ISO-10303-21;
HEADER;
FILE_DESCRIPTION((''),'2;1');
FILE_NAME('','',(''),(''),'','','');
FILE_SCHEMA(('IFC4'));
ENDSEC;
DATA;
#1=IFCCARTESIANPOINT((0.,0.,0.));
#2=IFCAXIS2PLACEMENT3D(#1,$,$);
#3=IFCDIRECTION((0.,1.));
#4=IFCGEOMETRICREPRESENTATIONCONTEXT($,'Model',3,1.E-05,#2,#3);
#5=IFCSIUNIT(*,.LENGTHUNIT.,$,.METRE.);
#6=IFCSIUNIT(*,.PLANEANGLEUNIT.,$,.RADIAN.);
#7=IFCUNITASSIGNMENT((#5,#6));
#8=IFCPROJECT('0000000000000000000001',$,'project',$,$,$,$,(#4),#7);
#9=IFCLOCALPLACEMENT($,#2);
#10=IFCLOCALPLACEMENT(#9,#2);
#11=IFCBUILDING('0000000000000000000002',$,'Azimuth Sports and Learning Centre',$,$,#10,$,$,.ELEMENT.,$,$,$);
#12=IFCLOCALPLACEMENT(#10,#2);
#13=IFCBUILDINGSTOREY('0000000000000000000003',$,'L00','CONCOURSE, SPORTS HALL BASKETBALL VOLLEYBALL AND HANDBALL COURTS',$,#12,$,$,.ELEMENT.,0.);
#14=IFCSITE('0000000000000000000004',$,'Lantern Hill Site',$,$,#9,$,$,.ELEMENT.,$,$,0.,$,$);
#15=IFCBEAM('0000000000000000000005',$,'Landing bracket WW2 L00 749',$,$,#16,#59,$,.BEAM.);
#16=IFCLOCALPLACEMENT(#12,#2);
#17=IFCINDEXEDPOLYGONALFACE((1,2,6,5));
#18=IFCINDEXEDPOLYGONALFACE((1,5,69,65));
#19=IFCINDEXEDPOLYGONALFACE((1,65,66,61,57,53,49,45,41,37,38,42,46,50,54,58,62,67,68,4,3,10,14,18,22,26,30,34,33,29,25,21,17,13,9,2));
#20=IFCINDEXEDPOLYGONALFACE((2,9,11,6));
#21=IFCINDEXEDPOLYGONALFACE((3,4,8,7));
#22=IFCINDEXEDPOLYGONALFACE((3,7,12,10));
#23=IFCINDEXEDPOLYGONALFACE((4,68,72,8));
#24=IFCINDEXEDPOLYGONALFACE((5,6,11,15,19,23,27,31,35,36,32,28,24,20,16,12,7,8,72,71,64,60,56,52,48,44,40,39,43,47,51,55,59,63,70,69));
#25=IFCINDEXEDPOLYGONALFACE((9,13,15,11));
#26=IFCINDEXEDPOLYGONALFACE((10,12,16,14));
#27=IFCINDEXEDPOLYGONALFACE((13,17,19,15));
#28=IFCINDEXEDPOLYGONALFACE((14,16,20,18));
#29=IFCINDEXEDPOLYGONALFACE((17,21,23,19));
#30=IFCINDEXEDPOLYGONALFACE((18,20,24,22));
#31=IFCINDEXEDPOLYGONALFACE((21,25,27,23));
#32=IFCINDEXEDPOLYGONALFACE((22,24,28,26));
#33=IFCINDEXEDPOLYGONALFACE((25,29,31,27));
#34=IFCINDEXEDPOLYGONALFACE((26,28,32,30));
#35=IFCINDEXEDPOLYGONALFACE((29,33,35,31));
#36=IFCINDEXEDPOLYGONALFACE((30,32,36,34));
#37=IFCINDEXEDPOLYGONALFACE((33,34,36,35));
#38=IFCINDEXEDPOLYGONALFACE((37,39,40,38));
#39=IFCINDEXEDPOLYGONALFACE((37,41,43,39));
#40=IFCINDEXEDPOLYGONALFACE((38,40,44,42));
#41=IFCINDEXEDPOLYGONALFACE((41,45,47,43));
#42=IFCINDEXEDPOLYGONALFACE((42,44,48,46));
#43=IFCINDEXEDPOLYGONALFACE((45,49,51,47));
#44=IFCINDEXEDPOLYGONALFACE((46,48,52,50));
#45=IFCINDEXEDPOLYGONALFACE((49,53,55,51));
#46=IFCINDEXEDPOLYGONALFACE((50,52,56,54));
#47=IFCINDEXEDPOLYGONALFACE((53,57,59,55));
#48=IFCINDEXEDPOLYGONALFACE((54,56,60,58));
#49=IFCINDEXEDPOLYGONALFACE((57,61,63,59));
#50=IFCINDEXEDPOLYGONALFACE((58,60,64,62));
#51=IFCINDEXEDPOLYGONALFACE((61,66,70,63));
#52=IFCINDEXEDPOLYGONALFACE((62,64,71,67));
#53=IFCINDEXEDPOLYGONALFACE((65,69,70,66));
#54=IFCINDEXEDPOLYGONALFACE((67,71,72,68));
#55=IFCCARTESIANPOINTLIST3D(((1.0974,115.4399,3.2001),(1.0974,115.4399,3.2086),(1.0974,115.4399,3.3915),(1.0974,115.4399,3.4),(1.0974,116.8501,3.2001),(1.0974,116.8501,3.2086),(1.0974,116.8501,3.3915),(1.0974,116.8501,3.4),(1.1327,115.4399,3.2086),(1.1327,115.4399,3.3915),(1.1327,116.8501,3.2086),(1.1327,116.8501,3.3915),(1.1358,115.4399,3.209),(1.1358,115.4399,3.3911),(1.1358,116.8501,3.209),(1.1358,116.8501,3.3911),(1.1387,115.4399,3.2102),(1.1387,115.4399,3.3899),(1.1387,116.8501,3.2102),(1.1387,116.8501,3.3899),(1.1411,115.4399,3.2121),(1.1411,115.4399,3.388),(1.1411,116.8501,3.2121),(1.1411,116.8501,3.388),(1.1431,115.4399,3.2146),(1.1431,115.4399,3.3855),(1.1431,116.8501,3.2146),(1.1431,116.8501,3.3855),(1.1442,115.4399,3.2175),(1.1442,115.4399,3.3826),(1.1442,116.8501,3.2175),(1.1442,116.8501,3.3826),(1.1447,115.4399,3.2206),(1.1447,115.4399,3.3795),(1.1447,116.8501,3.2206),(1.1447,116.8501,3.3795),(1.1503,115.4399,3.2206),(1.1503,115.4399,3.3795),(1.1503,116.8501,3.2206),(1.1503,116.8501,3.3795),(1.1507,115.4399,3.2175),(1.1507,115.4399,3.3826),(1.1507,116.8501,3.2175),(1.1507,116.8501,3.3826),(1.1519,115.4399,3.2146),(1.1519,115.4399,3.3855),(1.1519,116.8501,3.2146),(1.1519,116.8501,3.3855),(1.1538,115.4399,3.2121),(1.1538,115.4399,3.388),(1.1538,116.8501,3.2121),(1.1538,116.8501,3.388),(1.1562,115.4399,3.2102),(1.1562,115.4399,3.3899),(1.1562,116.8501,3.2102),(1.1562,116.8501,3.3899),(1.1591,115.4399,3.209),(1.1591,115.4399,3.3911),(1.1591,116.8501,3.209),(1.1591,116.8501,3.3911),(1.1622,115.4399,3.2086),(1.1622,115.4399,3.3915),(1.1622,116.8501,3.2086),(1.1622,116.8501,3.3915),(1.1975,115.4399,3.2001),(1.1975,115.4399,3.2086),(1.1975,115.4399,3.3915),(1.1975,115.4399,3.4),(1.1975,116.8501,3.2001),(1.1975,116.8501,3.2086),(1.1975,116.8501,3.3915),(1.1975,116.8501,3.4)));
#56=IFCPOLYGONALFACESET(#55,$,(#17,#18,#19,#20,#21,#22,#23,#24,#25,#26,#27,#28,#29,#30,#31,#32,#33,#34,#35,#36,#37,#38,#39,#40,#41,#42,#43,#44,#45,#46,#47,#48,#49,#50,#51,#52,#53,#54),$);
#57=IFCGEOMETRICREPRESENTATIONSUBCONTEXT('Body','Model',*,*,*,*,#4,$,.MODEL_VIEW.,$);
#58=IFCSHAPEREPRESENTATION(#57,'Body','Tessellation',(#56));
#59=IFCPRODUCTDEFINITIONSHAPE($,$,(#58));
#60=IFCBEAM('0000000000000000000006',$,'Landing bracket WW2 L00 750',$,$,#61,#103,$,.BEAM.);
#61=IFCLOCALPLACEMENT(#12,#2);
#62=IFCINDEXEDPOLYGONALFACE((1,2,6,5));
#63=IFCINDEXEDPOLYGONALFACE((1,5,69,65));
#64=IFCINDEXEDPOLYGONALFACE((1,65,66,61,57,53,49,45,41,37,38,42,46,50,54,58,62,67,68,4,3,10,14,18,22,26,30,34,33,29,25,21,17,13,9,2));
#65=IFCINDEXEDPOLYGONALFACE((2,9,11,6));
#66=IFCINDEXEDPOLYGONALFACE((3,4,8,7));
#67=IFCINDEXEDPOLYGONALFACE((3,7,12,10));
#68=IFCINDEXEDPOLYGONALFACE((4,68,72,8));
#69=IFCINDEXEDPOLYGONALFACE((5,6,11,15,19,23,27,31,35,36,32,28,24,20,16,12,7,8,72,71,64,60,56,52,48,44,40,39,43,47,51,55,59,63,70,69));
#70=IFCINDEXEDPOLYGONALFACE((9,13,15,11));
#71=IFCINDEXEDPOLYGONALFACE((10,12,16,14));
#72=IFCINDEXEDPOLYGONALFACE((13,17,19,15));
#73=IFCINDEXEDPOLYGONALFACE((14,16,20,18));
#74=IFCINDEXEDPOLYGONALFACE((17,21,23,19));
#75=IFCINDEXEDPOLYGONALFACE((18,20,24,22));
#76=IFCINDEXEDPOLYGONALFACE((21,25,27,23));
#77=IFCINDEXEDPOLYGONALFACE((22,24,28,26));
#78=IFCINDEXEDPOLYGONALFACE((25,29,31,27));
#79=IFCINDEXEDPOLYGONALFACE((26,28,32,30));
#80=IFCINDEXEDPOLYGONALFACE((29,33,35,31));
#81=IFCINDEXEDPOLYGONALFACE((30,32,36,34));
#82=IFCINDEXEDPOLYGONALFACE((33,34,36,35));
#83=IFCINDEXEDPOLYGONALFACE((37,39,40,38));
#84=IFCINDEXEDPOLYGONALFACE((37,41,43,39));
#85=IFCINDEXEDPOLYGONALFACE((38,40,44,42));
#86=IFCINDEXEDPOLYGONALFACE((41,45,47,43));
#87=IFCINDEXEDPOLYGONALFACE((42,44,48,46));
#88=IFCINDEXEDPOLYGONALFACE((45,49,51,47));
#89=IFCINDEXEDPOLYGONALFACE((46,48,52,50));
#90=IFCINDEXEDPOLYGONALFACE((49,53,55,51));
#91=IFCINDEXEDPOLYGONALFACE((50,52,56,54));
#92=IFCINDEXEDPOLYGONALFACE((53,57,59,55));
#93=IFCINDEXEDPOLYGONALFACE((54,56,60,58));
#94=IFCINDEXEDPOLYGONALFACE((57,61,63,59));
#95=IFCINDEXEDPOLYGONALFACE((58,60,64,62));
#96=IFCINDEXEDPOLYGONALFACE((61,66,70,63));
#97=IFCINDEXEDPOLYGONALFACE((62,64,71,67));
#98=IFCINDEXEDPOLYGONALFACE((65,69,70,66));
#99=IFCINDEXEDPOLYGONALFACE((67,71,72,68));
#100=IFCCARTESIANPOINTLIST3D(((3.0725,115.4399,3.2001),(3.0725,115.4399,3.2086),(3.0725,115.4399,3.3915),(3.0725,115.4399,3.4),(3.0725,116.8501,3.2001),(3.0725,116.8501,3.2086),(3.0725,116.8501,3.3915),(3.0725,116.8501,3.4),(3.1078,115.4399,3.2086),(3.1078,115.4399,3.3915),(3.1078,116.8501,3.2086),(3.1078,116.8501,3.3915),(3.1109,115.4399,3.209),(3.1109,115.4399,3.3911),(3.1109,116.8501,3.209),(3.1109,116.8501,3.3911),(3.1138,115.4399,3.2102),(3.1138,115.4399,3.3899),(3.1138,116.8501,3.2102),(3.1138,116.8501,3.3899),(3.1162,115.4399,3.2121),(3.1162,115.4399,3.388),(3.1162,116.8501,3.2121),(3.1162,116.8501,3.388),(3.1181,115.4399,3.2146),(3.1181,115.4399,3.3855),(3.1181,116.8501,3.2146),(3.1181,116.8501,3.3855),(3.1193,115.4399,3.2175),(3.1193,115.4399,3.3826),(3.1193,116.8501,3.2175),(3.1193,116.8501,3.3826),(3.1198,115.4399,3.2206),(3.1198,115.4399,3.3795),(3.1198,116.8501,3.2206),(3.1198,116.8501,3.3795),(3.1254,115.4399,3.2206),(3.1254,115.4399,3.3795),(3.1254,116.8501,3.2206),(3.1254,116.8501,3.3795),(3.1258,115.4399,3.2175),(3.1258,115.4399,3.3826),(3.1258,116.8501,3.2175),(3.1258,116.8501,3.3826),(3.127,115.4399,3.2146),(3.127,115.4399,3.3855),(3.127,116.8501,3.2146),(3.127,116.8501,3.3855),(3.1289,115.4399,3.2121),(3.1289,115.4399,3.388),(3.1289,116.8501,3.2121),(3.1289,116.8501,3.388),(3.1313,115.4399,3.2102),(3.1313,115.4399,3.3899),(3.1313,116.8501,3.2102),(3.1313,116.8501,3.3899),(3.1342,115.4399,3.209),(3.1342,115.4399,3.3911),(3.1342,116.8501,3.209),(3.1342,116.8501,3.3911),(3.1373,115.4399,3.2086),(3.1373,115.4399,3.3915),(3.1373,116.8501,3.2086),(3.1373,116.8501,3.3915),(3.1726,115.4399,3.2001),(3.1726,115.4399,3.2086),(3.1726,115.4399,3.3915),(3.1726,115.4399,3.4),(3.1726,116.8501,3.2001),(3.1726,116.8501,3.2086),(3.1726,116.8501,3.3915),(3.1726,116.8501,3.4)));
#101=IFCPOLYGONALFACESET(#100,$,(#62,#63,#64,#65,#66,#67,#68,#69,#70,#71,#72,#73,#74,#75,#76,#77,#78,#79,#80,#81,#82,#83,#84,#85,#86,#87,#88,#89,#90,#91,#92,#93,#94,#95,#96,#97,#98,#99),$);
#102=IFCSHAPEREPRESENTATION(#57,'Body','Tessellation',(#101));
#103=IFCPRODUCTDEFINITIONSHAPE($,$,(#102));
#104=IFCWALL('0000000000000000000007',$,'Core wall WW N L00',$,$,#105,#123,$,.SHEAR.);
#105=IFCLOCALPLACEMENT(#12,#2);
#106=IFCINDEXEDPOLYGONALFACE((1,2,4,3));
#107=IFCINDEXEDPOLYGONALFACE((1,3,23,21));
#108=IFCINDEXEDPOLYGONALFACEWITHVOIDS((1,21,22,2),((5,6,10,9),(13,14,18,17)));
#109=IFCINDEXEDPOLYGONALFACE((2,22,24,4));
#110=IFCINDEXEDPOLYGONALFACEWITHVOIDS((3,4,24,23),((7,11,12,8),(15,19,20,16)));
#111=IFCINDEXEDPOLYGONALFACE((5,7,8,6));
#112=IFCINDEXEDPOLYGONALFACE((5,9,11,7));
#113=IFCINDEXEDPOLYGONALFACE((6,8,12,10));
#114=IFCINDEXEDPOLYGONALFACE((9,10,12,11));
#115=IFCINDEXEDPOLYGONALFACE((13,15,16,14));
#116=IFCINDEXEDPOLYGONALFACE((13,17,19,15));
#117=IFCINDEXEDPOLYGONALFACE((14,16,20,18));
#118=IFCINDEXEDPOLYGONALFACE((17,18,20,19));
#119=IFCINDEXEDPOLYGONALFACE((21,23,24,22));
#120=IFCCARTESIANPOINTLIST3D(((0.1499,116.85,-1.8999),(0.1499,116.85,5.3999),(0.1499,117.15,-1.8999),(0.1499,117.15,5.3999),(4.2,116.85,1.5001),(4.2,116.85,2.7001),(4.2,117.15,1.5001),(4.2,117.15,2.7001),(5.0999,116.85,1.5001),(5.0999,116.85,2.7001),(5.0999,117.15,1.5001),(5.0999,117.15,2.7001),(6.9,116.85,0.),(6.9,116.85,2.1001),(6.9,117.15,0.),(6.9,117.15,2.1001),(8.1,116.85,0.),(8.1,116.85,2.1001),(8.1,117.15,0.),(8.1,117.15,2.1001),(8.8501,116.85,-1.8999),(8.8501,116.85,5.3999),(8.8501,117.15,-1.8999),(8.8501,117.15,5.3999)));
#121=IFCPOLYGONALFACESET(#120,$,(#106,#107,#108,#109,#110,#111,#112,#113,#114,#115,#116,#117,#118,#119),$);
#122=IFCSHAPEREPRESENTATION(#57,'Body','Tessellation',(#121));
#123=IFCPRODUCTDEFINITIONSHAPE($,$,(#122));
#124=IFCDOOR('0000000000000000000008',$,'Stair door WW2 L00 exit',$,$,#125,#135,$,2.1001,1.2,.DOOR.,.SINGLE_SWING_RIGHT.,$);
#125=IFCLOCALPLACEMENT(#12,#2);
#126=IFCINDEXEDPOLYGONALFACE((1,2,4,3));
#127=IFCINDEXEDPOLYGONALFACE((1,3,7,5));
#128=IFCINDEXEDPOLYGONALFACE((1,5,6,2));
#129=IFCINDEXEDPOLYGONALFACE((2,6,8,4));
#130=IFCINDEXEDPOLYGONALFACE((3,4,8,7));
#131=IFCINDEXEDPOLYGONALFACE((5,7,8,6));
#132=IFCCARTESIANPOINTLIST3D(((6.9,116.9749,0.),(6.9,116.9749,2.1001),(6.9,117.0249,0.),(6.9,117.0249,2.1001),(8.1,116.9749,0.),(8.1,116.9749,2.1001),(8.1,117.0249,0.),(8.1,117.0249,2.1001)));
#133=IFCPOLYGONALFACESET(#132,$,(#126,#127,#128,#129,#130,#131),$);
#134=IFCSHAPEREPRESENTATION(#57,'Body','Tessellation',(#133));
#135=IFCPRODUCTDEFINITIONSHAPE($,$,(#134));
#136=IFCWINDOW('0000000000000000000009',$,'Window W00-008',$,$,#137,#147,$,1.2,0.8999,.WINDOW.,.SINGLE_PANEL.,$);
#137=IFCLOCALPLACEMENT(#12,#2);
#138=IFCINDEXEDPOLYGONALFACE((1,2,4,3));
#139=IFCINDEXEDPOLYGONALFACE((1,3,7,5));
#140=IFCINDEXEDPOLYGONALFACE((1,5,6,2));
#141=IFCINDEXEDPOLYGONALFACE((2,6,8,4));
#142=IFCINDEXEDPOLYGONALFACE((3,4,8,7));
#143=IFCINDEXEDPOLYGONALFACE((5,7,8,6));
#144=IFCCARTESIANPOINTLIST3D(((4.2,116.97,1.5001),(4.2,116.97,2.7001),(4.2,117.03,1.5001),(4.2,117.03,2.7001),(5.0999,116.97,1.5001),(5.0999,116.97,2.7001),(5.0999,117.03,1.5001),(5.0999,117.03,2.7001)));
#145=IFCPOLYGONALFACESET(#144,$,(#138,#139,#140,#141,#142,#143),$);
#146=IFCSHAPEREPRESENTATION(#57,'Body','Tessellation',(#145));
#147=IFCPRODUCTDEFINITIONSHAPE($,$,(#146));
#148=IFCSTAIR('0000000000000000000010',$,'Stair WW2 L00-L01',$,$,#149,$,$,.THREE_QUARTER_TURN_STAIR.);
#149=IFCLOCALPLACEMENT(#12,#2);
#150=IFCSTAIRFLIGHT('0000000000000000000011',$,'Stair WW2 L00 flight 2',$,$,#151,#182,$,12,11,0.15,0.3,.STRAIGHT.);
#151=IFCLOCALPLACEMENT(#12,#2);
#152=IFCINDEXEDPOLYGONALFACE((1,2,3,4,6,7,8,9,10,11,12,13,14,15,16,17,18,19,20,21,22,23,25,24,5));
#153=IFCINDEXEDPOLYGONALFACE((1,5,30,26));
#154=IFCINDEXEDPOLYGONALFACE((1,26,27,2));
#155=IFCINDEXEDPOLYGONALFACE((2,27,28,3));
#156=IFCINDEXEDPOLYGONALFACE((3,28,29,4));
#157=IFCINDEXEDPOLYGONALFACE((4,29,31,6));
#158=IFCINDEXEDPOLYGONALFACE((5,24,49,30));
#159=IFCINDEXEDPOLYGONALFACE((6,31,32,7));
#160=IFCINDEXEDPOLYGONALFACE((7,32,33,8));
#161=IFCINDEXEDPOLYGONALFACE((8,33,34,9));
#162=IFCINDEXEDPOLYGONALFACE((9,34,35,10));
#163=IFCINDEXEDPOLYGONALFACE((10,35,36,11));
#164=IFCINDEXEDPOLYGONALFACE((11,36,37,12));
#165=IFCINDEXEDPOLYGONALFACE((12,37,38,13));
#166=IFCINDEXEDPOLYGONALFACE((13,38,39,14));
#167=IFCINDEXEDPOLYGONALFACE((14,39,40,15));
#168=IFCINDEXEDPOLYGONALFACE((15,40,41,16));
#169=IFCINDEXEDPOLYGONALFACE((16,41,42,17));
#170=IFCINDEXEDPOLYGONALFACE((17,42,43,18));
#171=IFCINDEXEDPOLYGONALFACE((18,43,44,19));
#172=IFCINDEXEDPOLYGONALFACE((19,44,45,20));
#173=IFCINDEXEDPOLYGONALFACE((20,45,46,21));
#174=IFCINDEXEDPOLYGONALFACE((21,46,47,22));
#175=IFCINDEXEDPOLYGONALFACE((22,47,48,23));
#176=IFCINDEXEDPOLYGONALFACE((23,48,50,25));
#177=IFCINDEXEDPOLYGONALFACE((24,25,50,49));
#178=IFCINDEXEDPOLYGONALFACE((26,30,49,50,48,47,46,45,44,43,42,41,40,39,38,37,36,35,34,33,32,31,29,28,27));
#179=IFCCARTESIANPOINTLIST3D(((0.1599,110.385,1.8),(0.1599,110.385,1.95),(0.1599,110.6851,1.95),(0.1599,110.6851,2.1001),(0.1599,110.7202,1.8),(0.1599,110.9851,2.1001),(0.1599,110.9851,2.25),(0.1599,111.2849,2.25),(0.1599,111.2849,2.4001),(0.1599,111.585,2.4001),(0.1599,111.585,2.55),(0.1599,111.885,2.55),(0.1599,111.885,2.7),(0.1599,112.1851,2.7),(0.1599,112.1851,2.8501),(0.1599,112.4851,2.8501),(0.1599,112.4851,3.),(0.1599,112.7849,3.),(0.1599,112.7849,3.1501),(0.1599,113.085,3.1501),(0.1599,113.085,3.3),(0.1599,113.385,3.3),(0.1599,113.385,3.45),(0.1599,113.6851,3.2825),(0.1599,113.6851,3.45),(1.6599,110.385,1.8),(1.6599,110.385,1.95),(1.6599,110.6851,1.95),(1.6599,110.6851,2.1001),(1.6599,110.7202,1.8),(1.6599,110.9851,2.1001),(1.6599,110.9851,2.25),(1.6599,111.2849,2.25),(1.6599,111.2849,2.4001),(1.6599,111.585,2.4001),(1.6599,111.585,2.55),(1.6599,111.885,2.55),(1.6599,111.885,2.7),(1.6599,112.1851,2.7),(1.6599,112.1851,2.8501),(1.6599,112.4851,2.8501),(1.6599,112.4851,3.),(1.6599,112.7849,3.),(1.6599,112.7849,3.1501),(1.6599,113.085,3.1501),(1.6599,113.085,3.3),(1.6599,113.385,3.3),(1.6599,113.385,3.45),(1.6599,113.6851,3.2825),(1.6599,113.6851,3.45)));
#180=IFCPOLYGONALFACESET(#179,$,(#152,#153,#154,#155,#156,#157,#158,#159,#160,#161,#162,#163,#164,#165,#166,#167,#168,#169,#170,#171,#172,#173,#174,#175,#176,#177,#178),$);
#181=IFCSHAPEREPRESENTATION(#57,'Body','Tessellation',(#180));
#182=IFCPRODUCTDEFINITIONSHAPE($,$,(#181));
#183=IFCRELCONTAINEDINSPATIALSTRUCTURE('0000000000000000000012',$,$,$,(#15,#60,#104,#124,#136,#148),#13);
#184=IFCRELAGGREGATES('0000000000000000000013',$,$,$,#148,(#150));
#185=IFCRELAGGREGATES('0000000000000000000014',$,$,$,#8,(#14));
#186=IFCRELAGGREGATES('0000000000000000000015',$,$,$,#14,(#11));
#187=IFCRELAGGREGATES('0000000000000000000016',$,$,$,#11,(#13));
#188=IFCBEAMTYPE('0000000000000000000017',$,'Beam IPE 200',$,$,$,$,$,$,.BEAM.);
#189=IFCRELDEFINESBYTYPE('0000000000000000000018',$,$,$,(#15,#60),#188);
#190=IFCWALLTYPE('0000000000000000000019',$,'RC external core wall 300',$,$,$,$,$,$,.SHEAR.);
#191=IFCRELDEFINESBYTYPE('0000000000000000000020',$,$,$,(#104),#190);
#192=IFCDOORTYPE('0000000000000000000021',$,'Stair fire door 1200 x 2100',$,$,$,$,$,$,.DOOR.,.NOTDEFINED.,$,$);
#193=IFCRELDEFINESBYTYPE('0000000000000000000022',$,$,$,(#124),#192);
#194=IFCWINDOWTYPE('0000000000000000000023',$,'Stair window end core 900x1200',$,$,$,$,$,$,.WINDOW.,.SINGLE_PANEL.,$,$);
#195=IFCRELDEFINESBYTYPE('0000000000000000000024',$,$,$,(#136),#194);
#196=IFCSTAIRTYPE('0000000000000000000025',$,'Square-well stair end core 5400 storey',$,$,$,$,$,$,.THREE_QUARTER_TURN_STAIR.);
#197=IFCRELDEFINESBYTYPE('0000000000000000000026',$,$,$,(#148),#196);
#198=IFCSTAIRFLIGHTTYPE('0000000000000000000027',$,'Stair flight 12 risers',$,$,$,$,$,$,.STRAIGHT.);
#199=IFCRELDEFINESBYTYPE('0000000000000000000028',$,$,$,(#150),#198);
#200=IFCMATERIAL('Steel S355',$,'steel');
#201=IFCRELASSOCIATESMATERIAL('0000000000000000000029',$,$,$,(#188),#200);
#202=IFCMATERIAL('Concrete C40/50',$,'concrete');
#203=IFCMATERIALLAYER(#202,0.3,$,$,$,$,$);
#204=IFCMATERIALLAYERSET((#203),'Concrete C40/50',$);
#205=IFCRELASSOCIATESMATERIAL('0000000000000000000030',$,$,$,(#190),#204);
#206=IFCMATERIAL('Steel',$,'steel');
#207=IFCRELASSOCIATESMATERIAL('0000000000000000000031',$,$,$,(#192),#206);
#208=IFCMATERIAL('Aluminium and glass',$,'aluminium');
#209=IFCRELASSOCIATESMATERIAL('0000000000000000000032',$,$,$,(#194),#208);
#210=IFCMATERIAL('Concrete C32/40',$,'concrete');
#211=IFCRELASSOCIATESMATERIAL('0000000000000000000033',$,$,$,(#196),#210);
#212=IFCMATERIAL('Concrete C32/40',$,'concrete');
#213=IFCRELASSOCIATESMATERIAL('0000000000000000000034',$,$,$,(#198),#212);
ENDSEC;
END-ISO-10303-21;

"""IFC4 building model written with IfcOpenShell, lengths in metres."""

from ifc_helpers import new_model, si_unit, direction, frame, frame_2d, origin, origin_2d, place, context, subcontext, project, spatial, polyline, rectangle, i_section, outline, extrude, material, layer, layer_set, material_profile, profile_set, type_object, element, fill, aggregate, save


model = new_model("IFC4")

# Units and contexts
model_context = context("Model", 3, precision=1e-05, world=origin(), true_north=direction((0.0, 1.0)))
body_context = subcontext(model_context, "Body", "Model", "MODEL_VIEW")
ifc_project = project(units=[si_unit("LENGTHUNIT", "METRE"), si_unit("PLANEANGLEUNIT", "RADIAN")], contexts=[model_context])

# Site, building, storey
site_placement = place(None, origin())
site = spatial("IfcSite", under=ifc_project, at=site_placement, Name="Lantern Hill Site", CompositionType="ELEMENT", RefElevation=0.0)
building_placement = place(site_placement, origin())
building = spatial("IfcBuilding", under=site, at=building_placement, Name="Azimuth Sports and Learning Centre", CompositionType="ELEMENT")
storey_placement = place(building_placement, origin())
storey = spatial("IfcBuildingStorey", under=building, at=storey_placement, Name="L00", Description="CONCOURSE, SPORTS HALL BASKETBALL VOLLEYBALL AND HANDBALL COURTS", CompositionType="ELEMENT", Elevation=0.0)

# Beams
ifc_material_1 = material(Name="Steel S355", Category="steel")
ifc_material_profile_1 = material_profile(ifc_material_1, i_section(OverallWidth=0.1001, OverallDepth=0.2, WebThickness=0.0056, FlangeThickness=0.0085, FilletRadius=0.012, at=origin_2d()), Name="IPE 200")
ifc_profile_set_1 = profile_set([ifc_material_profile_1], Name="Steel S355")
beam_type = type_object("IfcBeamType", Name="Beam IPE 200", PredefinedType="BEAM", material=ifc_profile_set_1)
for number, where, z_axis, x_axis, name in (
    (1, (1.1475, 116.8501, 3.3), (0.0, -1.0, 0.0), (1.0, 0.0, 0.0), "Landing bracket WW2 L00 749"),
    (2, (3.1226, 116.8501, 3.3), (0.0, -1.0, 0.0), (1.0, 0.0, 0.0), "Landing bracket WW2 L00 750"),
):
    element("IfcBeam", number, at=place(storey_placement, frame(where, z_axis=z_axis, x_axis=x_axis)), inside=storey, type_object=beam_type, Name=name, PredefinedType="BEAM", context=body_context, shape_type="SweptSolid", body=[
        extrude(i_section(OverallWidth=0.1001, OverallDepth=0.2, WebThickness=0.0056, FlangeThickness=0.0085, FilletRadius=0.012, at=origin_2d()), origin(), (0.0, 0.0, 1.0), 1.4102),
    ])

# Wall, openings, door, window
ifc_material_2 = material(Name="Concrete C40/50", Category="concrete")
ifc_layer_1 = layer(ifc_material_2, 0.3)
ifc_layer_set_1 = layer_set([ifc_layer_1], Name="Concrete C40/50")
wall_type = type_object("IfcWallType", Name="RC external core wall 300", PredefinedType="SHEAR", material=ifc_layer_set_1)
wall_placement = place(storey_placement, frame((0.1499, 117.0, -1.8999), z_axis=(0.0, 0.0, 1.0), x_axis=(1.0, 0.0, 0.0)))
wall = element("IfcWall", 3, at=wall_placement, inside=storey, type_object=wall_type, Name="Core wall WW N L00", PredefinedType="SHEAR", context=body_context, shape_type="SweptSolid", body=[
    extrude(rectangle(XDim=8.7002, YDim=0.3, at=frame_2d((4.3501, 0.0))), origin(), (0.0, 0.0, 1.0), 7.2998),
])
opening_1_placement = place(wall_placement, frame((4.05, 0.0, 3.3999)))
opening_1 = element("IfcOpeningElement", 4, at=opening_1_placement, cuts=wall, PredefinedType="OPENING", context=body_context, shape_type="SweptSolid", body=[
    extrude(rectangle(XDim=0.8999, YDim=1.2, at=frame_2d((0.45, 0.6001))), frame((0.0, 0.1611, 0.0), z_axis=(0.0, -1.0, 0.0), x_axis=(1.0, 0.0, 0.0)), (0.0, 0.0, 1.0), 0.322),
])
opening_2_placement = place(wall_placement, frame((6.75, 0.0, 1.8999)))
opening_2 = element("IfcOpeningElement", 5, at=opening_2_placement, cuts=wall, PredefinedType="OPENING", context=body_context, shape_type="SweptSolid", body=[
    extrude(rectangle(XDim=1.2, YDim=2.1001, at=frame_2d((0.6001, 1.05))), frame((0.0, 0.1611, 0.0), z_axis=(0.0, -1.0, 0.0), x_axis=(1.0, 0.0, 0.0)), (0.0, 0.0, 1.0), 0.322),
])
ifc_material_3 = material(Name="Steel", Category="steel")
door_type = type_object("IfcDoorType", Name="Stair fire door 1200 x 2100", OperationType="NOTDEFINED", PredefinedType="DOOR", material=ifc_material_3)
door_placement = place(opening_2_placement, origin())
door = element("IfcDoor", 6, at=door_placement, inside=storey, type_object=door_type, Name="Stair door WW2 L00 exit", OperationType="SINGLE_SWING_RIGHT", OverallHeight=2.1001, OverallWidth=1.2, PredefinedType="DOOR", context=body_context, shape_type="SweptSolid", body=[
    extrude(rectangle(XDim=1.2, YDim=2.1001, at=frame_2d((0.6001, 1.05))), frame((0.0, 0.0249, 0.0), z_axis=(0.0, -1.0, 0.0), x_axis=(1.0, 0.0, 0.0)), (0.0, 0.0, 1.0), 0.05),
])
fill(opening_2, door)
ifc_material_4 = material(Name="Aluminium and glass", Category="aluminium")
window_type = type_object("IfcWindowType", Name="Stair window end core 900x1200", PartitioningType="SINGLE_PANEL", PredefinedType="WINDOW", material=ifc_material_4)
window_placement = place(opening_1_placement, origin())
window = element("IfcWindow", 7, at=window_placement, inside=storey, type_object=window_type, Name="Window W00-008", OverallHeight=1.2, OverallWidth=0.8999, PartitioningType="SINGLE_PANEL", PredefinedType="WINDOW", context=body_context, shape_type="SweptSolid", body=[
    extrude(rectangle(XDim=0.8999, YDim=1.2, at=frame_2d((0.45, 0.6001))), frame((0.0, 0.03, 0.0), z_axis=(0.0, -1.0, 0.0), x_axis=(1.0, 0.0, 0.0)), (0.0, 0.0, 1.0), 0.0601),
])
fill(opening_1, window)

# Stair, stair flight
ifc_material_5 = material(Name="Concrete C32/40", Category="concrete")
stair_type = type_object("IfcStairType", Name="Square-well stair end core 5400 storey", PredefinedType="THREE_QUARTER_TURN_STAIR", material=ifc_material_5)
stair_placement = place(storey_placement, origin())
stair = element("IfcStair", 8, at=stair_placement, inside=storey, type_object=stair_type, Name="Stair WW2 L00-L01", PredefinedType="THREE_QUARTER_TURN_STAIR")
ifc_material_6 = material(Name="Concrete C32/40", Category="concrete")
stair_flight_type = type_object("IfcStairFlightType", Name="Stair flight 12 risers", PredefinedType="STRAIGHT", material=ifc_material_6)
stair_flight_1_placement = place(storey_placement, frame((0.9099, 110.385, 1.8), z_axis=(0.0, 0.0, 1.0), x_axis=(0.0, 1.0, 0.0)))
stair_flight_1 = element("IfcStairFlight", 9, at=stair_flight_1_placement, type_object=stair_flight_type, Name="Stair WW2 L00 flight 2", NumberOfRisers=12, NumberOfTreads=11, PredefinedType="STRAIGHT", RiserHeight=0.15, TreadLength=0.3, context=body_context, shape_type="SweptSolid", body=[
    extrude(outline(polyline([(0.0, 0.0), (0.0, 0.1499), (0.3, 0.1499), (0.3, 0.3), (0.6001, 0.3), (0.6001, 0.45), (0.8999, 0.45), (0.8999, 0.6001), (1.2, 0.6001), (1.2, 0.75), (1.5, 0.75), (1.5, 0.8999), (1.8, 0.8999), (1.8, 1.05), (2.1001, 1.05), (2.1001, 1.2), (2.3999, 1.2), (2.3999, 1.3501), (2.7, 1.3501), (2.7, 1.5), (3.0, 1.5), (3.0, 1.6499), (3.3, 1.6499), (3.3, 1.8), (3.3, 1.4824), (0.3352, 0.0), (0.0, 0.0)])), frame((0.0, 0.75, 0.0), z_axis=(0.0, -1.0, 0.0), x_axis=(1.0, 0.0, 0.0)), (0.0, 0.0, 1.0), 1.5),
])
aggregate(stair, [stair_flight_1])

save(model, "model.ifc")
